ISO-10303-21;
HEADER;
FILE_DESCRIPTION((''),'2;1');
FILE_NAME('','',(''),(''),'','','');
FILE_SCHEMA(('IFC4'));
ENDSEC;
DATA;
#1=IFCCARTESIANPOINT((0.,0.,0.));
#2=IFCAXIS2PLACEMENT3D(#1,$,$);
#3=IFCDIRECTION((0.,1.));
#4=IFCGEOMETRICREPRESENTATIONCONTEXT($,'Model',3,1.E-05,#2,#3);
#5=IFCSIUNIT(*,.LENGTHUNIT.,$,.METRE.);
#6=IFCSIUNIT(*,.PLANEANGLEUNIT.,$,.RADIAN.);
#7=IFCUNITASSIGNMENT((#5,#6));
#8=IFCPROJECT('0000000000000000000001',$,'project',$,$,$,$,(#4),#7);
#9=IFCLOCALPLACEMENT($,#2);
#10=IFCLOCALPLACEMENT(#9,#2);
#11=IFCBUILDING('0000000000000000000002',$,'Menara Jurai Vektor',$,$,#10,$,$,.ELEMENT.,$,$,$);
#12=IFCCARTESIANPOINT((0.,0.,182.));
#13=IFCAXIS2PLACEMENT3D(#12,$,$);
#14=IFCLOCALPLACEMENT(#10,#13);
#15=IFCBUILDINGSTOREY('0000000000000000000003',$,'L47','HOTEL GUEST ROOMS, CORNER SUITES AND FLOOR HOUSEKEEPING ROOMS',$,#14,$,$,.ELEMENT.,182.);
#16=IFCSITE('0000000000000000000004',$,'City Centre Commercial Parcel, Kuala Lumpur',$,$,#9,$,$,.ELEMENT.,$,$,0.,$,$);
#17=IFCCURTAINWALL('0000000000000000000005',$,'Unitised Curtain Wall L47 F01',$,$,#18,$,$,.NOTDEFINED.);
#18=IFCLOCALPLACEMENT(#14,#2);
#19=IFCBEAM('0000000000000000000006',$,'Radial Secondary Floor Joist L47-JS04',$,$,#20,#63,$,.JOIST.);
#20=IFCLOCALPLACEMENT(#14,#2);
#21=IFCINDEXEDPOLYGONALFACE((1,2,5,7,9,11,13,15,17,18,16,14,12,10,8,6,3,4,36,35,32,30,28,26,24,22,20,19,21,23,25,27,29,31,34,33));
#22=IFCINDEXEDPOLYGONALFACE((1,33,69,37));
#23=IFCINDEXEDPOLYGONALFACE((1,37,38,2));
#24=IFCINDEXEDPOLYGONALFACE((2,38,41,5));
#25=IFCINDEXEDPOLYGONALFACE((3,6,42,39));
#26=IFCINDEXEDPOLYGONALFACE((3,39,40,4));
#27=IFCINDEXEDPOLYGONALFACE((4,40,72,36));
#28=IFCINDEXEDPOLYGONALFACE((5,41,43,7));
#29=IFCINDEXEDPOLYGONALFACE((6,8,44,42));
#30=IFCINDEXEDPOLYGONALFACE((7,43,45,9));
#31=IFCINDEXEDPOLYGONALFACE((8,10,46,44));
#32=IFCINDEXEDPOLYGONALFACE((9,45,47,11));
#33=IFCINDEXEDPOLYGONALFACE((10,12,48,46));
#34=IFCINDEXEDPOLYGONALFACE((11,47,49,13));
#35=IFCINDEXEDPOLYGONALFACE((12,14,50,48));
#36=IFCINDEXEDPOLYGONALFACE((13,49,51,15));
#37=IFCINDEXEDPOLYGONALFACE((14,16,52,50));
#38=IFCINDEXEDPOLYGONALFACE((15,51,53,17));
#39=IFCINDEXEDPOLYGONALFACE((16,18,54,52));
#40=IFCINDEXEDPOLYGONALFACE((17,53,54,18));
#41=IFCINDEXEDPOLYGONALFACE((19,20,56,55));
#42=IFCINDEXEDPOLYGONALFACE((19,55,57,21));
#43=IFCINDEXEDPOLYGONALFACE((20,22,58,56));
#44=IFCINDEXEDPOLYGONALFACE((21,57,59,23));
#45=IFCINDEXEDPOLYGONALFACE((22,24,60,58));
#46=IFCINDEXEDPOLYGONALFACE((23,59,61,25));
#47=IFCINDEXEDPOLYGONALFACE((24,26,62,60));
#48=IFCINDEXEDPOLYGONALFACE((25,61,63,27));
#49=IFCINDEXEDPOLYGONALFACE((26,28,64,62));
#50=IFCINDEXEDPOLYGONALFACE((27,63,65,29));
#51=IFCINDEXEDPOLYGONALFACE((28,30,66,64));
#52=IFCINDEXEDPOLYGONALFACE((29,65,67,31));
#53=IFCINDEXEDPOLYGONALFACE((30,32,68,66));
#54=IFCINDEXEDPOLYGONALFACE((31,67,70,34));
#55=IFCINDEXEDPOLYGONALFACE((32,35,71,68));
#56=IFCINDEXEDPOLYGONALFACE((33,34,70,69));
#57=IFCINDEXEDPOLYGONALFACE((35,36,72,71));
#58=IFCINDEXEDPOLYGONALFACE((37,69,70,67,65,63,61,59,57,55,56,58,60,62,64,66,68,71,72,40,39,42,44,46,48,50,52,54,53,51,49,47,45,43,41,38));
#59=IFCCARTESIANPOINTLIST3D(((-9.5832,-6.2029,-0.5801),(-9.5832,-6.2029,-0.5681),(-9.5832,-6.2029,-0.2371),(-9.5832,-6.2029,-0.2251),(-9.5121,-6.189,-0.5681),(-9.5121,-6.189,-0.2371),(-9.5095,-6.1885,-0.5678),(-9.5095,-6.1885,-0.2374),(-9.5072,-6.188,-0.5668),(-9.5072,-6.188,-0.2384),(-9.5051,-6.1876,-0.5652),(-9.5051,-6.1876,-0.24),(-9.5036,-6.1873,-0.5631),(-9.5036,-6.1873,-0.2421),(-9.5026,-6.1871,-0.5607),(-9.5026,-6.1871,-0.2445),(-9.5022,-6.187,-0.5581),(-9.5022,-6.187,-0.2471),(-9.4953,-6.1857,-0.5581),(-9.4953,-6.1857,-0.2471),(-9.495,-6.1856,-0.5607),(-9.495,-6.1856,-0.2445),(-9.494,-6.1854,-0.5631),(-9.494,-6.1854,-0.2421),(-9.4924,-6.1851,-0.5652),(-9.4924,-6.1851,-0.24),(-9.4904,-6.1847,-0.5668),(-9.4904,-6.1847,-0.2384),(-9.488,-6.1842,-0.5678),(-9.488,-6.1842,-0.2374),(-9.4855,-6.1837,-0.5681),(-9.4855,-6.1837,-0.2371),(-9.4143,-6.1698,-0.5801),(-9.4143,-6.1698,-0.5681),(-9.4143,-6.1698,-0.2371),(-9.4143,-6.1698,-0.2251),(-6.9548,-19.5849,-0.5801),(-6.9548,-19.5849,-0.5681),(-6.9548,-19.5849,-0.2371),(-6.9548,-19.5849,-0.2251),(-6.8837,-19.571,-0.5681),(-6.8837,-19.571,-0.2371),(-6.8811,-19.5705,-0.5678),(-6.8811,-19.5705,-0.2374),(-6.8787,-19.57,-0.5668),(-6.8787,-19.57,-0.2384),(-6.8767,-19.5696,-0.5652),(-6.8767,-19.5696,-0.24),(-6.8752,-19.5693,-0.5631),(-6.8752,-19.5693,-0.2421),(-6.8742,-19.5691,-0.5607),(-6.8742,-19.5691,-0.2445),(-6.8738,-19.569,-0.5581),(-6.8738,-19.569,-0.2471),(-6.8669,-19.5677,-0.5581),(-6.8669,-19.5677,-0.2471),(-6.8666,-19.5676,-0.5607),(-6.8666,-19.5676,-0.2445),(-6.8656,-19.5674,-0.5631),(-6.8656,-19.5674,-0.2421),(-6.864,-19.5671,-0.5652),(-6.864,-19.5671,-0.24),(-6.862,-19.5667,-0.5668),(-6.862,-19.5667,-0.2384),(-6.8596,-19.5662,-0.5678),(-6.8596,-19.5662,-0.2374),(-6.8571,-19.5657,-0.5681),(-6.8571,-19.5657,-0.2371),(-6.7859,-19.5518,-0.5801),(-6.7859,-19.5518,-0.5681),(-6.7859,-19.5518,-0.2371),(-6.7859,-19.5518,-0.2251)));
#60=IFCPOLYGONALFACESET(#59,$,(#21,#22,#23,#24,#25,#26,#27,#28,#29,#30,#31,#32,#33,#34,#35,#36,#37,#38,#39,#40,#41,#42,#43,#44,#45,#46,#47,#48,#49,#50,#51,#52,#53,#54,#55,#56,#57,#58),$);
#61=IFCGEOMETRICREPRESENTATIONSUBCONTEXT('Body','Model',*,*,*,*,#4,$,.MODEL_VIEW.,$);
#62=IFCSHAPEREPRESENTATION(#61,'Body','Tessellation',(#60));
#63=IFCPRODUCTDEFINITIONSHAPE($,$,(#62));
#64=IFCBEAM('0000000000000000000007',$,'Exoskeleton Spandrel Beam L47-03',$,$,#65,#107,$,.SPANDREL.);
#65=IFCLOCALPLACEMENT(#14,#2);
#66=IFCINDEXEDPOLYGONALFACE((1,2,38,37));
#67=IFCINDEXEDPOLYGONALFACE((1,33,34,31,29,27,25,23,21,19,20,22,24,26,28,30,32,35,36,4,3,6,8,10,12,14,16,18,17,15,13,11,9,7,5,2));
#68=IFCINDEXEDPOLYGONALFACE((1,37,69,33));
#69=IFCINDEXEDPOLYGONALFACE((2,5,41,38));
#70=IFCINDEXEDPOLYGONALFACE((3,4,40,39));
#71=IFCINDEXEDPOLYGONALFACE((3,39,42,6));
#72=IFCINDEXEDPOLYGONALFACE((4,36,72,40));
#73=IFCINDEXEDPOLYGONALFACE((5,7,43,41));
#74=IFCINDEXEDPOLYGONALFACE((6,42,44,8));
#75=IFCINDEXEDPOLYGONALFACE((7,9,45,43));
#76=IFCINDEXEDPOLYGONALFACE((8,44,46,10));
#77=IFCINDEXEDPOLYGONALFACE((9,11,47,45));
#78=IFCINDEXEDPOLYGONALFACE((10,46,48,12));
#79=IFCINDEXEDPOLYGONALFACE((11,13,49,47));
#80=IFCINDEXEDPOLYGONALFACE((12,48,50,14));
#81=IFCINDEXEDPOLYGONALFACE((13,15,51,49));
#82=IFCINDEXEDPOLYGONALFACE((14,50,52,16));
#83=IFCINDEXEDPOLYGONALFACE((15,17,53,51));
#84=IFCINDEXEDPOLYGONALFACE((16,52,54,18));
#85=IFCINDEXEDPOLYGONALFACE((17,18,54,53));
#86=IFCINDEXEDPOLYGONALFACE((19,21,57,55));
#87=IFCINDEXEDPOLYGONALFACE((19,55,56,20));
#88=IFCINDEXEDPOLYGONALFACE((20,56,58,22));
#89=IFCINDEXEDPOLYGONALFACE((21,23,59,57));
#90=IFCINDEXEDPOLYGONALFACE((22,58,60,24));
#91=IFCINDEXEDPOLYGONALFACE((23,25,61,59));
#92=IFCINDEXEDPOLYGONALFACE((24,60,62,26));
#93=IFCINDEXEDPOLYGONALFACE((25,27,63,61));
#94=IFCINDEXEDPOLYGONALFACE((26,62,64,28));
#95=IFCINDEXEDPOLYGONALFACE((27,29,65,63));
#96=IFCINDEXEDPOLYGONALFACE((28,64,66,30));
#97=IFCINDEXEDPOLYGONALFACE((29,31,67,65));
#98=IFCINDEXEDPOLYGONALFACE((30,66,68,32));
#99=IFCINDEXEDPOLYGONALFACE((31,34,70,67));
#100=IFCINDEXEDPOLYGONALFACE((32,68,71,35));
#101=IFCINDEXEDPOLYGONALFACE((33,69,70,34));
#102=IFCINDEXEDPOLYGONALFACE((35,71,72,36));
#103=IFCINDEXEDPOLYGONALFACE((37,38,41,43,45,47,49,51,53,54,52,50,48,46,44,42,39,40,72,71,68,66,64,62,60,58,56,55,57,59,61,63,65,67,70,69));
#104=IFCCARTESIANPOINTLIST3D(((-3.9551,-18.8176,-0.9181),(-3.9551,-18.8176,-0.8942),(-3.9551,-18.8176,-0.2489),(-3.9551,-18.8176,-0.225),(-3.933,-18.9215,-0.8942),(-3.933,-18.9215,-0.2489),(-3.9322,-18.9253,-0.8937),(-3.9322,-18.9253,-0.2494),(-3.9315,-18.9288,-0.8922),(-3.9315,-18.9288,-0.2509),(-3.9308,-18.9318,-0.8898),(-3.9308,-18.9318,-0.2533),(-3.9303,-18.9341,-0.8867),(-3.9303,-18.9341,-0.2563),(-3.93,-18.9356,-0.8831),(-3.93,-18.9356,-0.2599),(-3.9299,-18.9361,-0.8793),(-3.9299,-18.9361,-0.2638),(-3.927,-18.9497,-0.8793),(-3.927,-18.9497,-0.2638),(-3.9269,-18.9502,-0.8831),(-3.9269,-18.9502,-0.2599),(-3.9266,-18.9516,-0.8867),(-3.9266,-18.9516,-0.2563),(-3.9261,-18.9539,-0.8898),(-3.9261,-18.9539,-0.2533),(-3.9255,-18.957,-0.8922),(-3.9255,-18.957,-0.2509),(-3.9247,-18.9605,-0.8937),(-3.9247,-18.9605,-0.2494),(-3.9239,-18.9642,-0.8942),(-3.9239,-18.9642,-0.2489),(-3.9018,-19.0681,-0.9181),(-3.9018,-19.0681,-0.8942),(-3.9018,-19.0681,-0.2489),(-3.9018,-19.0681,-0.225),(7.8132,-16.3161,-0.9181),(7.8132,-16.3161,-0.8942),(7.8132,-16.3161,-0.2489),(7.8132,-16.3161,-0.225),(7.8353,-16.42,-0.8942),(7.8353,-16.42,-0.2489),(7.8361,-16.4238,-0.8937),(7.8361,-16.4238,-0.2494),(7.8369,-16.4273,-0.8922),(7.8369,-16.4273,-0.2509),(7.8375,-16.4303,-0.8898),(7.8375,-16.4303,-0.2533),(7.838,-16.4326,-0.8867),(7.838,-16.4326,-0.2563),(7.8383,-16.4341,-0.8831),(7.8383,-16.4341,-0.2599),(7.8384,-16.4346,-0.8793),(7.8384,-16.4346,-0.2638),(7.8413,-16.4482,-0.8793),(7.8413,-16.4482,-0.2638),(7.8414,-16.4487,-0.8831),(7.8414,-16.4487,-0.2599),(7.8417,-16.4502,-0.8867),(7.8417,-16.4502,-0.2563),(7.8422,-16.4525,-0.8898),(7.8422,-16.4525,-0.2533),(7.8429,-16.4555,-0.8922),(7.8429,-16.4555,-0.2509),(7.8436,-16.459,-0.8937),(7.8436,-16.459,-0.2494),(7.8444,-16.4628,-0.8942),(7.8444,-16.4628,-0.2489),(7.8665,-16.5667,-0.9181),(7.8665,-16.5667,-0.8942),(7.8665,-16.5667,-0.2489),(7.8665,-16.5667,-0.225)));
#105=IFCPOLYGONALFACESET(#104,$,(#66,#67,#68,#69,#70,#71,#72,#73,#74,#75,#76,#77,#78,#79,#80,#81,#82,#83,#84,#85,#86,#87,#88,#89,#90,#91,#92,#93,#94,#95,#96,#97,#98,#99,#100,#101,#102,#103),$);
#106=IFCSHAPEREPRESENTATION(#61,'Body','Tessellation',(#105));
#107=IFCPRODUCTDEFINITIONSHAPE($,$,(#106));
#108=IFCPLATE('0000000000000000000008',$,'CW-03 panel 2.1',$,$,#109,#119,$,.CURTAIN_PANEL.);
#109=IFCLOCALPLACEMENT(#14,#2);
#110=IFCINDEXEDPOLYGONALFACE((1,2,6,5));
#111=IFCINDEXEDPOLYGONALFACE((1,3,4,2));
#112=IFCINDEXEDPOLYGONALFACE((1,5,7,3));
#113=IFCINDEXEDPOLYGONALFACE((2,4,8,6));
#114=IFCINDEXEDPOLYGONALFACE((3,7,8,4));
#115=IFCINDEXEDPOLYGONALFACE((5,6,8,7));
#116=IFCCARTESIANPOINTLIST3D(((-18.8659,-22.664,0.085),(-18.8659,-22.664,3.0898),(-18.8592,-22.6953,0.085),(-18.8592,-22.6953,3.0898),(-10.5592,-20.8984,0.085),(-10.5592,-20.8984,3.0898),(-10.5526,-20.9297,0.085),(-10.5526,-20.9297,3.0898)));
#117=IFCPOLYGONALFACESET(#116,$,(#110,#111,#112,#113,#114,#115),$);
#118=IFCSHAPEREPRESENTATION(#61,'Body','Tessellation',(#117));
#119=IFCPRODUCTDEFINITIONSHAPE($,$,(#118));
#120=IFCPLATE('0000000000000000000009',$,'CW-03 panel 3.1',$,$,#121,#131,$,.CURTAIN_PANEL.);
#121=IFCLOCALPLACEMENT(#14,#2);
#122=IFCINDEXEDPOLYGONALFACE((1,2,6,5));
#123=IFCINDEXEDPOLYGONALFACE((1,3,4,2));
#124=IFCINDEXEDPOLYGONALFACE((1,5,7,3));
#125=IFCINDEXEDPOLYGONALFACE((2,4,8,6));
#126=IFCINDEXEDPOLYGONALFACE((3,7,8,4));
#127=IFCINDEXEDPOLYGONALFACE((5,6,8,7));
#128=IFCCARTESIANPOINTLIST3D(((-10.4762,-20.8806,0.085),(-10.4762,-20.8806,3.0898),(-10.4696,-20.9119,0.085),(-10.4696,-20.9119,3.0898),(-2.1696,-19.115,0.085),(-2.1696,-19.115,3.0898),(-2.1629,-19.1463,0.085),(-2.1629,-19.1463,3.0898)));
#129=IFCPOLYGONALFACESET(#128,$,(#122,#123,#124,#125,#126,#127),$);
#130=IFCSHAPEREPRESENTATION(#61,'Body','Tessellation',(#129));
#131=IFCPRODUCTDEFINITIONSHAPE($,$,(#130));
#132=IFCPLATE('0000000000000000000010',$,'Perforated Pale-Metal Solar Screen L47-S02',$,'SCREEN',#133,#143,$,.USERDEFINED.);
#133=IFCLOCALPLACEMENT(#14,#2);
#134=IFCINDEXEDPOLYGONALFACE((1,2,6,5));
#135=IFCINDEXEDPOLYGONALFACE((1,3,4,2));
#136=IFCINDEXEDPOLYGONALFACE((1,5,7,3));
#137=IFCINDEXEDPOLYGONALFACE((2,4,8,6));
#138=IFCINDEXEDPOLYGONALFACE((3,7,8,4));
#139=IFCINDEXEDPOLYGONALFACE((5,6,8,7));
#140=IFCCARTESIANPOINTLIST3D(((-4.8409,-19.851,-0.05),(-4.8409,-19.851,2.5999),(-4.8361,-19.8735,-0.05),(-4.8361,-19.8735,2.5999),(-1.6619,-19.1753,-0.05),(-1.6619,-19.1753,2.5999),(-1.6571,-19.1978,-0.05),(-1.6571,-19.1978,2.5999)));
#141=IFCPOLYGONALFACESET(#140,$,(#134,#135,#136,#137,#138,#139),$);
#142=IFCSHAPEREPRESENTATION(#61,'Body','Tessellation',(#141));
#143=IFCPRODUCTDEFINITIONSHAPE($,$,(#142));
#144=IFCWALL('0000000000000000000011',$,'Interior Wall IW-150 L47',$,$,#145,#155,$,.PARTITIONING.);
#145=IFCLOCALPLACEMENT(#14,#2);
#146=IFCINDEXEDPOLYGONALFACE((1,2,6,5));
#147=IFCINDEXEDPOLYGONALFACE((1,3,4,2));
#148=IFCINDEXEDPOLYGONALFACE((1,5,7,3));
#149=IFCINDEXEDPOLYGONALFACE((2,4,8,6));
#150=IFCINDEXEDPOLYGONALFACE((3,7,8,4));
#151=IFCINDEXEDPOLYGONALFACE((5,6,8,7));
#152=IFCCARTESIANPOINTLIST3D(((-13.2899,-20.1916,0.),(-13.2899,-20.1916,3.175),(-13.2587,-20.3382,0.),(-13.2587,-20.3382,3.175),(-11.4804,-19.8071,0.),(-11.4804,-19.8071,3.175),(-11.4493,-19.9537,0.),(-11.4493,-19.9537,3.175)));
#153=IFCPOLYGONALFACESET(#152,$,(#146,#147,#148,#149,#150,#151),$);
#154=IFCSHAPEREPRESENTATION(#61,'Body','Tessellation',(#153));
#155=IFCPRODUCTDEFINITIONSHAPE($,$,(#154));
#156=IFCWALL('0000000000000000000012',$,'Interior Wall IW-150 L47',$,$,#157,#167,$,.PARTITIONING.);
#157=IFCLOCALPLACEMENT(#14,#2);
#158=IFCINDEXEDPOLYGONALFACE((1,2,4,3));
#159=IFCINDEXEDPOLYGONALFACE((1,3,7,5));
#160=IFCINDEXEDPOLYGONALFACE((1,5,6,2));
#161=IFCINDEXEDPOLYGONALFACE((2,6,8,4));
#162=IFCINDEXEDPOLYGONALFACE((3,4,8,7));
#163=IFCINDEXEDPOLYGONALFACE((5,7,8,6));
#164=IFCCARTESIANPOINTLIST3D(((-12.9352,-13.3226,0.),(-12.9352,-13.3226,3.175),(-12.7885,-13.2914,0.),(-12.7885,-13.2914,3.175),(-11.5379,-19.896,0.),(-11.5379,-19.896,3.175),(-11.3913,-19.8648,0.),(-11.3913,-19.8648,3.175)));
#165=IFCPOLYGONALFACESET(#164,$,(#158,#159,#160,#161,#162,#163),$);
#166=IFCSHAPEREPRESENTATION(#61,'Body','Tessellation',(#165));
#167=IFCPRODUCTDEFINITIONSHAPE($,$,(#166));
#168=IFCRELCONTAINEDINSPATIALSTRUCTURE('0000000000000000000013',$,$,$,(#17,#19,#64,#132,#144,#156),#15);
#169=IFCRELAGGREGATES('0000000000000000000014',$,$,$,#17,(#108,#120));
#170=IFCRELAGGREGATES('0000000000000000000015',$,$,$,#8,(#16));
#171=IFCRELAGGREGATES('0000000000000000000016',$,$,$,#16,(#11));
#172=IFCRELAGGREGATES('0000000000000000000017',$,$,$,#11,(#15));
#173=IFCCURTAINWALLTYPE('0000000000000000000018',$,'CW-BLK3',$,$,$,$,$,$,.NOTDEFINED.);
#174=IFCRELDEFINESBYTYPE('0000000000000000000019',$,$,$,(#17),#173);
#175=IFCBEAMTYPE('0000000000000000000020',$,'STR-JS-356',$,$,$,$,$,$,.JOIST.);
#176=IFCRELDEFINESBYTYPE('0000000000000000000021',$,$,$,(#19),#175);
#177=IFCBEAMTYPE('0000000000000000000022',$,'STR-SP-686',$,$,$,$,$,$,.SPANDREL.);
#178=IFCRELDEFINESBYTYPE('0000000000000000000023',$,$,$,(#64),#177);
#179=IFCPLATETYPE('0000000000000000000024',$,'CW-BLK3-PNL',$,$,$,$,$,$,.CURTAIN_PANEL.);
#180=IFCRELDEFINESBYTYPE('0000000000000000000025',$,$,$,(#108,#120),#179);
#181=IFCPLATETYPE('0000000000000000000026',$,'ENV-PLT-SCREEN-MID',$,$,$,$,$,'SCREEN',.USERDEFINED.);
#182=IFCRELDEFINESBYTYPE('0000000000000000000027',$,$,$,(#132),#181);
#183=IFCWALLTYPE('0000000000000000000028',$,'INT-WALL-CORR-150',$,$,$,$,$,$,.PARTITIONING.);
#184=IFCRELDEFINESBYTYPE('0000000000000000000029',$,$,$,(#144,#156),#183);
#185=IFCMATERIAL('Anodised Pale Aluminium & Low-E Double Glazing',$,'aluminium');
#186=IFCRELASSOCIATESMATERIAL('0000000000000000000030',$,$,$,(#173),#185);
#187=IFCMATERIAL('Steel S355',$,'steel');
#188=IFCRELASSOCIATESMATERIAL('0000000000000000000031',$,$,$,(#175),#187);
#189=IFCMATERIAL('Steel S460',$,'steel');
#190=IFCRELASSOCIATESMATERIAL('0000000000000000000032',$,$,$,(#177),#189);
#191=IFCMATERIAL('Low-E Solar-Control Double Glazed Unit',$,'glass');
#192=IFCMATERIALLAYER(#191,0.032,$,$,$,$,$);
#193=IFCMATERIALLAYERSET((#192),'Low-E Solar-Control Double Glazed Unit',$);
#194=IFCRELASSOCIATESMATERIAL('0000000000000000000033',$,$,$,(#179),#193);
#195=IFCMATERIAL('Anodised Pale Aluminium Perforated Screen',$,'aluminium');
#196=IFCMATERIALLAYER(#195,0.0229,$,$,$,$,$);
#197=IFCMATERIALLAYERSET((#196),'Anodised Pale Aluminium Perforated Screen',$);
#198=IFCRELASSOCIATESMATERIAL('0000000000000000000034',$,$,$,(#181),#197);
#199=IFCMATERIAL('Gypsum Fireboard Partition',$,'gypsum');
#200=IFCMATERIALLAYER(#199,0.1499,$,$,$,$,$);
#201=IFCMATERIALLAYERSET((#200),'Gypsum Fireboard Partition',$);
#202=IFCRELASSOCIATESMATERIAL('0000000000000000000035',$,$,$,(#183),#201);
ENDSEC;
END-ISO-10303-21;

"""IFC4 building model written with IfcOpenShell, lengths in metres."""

from ifc_helpers import new_model, si_unit, direction, frame, frame_2d, origin, origin_2d, place, context, subcontext, project, spatial, rectangle, i_section, extrude, material, layer, layer_set, material_profile, profile_set, type_object, element, aggregate, save


model = new_model("IFC4")

# Units and contexts
model_context = context("Model", 3, precision=1e-05, world=origin(), true_north=direction((0.0, 1.0)))
body_context = subcontext(model_context, "Body", "Model", "MODEL_VIEW")
ifc_project = project(units=[si_unit("LENGTHUNIT", "METRE"), si_unit("PLANEANGLEUNIT", "RADIAN")], contexts=[model_context])

# Site, building, storey
site_placement = place(None, origin())
site = spatial("IfcSite", under=ifc_project, at=site_placement, Name="City Centre Commercial Parcel, Kuala Lumpur", CompositionType="ELEMENT", RefElevation=0.0)
building_placement = place(site_placement, origin())
building = spatial("IfcBuilding", under=site, at=building_placement, Name="Menara Jurai Vektor", CompositionType="ELEMENT")
storey_placement = place(building_placement, frame((0.0, 0.0, 182.0)))
storey = spatial("IfcBuildingStorey", under=building, at=storey_placement, Name="L47", Description="HOTEL GUEST ROOMS, CORNER SUITES AND FLOOR HOUSEKEEPING ROOMS", CompositionType="ELEMENT", Elevation=182.0)

# Shared definitions
ifc_material_1 = material(Name="Steel S460", Category="steel")

# Curtain wall
ifc_material_2 = material(Name="Anodised Pale Aluminium & Low-E Double Glazing", Category="aluminium")
curtain_wall_type = type_object("IfcCurtainWallType", Name="CW-BLK3", PredefinedType="NOTDEFINED", material=ifc_material_2)
curtain_wall_placement = place(storey_placement, origin())
curtain_wall = element("IfcCurtainWall", 1, at=curtain_wall_placement, inside=storey, type_object=curtain_wall_type, Name="Unitised Curtain Wall L47 F01", PredefinedType="NOTDEFINED")

# Beams
ifc_material_3 = material(Name="Steel S355", Category="steel")
ifc_material_profile_1 = material_profile(ifc_material_3, i_section(OverallWidth=0.1721, OverallDepth=0.355, WebThickness=0.0071, FlangeThickness=0.012, FilletRadius=0.01, at=origin_2d()), Name="UKB 356x171x51")
ifc_profile_set_1 = profile_set([ifc_material_profile_1], Name="Steel S355")
beam_type_1 = type_object("IfcBeamType", Name="STR-JS-356", PredefinedType="JOIST", material=ifc_profile_set_1)
beam_1_placement = place(storey_placement, frame((-6.8704, -19.5684, -0.4026), z_axis=(-0.192731, 0.981252, 0.0), x_axis=(-0.981252, -0.192731, 0.0)))
element("IfcBeam", 2, at=beam_1_placement, inside=storey, type_object=beam_type_1, Name="Radial Secondary Floor Joist L47-JS04", PredefinedType="JOIST", context=body_context, shape_type="SweptSolid", body=[
    extrude(i_section(OverallWidth=0.1721, OverallDepth=0.355, WebThickness=0.0071, FlangeThickness=0.012, FilletRadius=0.01, at=origin_2d()), origin(), (0.0, 0.0, 1.0), 13.6377),
])
ifc_material_profile_2 = material_profile(ifc_material_1, i_section(OverallWidth=0.2561, OverallDepth=0.6931, WebThickness=0.0139, FlangeThickness=0.0239, FilletRadius=0.0149, at=origin_2d()), Name="UKB 686x254x170")
ifc_profile_set_2 = profile_set([ifc_material_profile_2], Name="Steel S460")
beam_type_2 = type_object("IfcBeamType", Name="STR-SP-686", PredefinedType="SPANDREL", material=ifc_profile_set_2)
beam_2_placement = place(storey_placement, frame((-3.9285, -18.9429, -0.5715), z_axis=(0.978147, 0.207914, 0.0), x_axis=(-0.207914, 0.978147, 0.0)))
element("IfcBeam", 3, at=beam_2_placement, inside=storey, type_object=beam_type_2, Name="Exoskeleton Spandrel Beam L47-03", PredefinedType="SPANDREL", context=body_context, shape_type="SweptSolid", body=[
    extrude(i_section(OverallWidth=0.2561, OverallDepth=0.6931, WebThickness=0.0139, FlangeThickness=0.0239, FilletRadius=0.0149, at=origin_2d()), origin(), (0.0, 0.0, 1.0), 12.0312),
])

# Plates
ifc_material_4 = material(Name="Low-E Solar-Control Double Glazed Unit", Category="glass")
ifc_layer_1 = layer(ifc_material_4, 0.032)
ifc_layer_set_1 = layer_set([ifc_layer_1], Name="Low-E Solar-Control Double Glazed Unit")
plate_type_1 = type_object("IfcPlateType", Name="CW-BLK3-PNL", PredefinedType="CURTAIN_PANEL", material=ifc_layer_set_1)
plate_1_placement = place(storey_placement, frame((-14.7092, -21.7969, 0.085), z_axis=(0.0, 0.0, 1.0), x_axis=(0.978148, 0.207911, 0.0)))
plate_1 = element("IfcPlate", 4, at=plate_1_placement, type_object=plate_type_1, Name="CW-03 panel 2.1", PredefinedType="CURTAIN_PANEL", context=body_context, shape_type="SweptSolid", body=[
    extrude(rectangle(XDim=8.4922, YDim=0.032, at=origin_2d()), origin(), (0.0, 0.0, 1.0), 3.0049),
])
plate_2_placement = place(storey_placement, frame((-6.3196, -20.0134, 0.085), z_axis=(0.0, 0.0, 1.0), x_axis=(0.978148, 0.207911, 0.0)))
plate_2 = element("IfcPlate", 5, at=plate_2_placement, type_object=plate_type_1, Name="CW-03 panel 3.1", PredefinedType="CURTAIN_PANEL", context=body_context, shape_type="SweptSolid", body=[
    extrude(rectangle(XDim=8.4922, YDim=0.032, at=origin_2d()), origin(), (0.0, 0.0, 1.0), 3.0049),
])
aggregate(curtain_wall, [plate_1, plate_2])
ifc_material_5 = material(Name="Anodised Pale Aluminium Perforated Screen", Category="aluminium")
ifc_layer_2 = layer(ifc_material_5, 0.0229)
ifc_layer_set_2 = layer_set([ifc_layer_2], Name="Anodised Pale Aluminium Perforated Screen")
plate_type_2 = type_object("IfcPlateType", Name="ENV-PLT-SCREEN-MID", ElementType="SCREEN", PredefinedType="USERDEFINED", material=ifc_layer_set_2)
plate_3_placement = place(storey_placement, frame((-3.249, -19.5244, -0.05), z_axis=(0.0, 0.0, 1.0), x_axis=(0.978148, 0.207912, 0.0)))
element("IfcPlate", 6, at=plate_3_placement, inside=storey, type_object=plate_type_2, Name="Perforated Pale-Metal Solar Screen L47-S02", ObjectType="SCREEN", PredefinedType="USERDEFINED", context=body_context, shape_type="SweptSolid", body=[
    extrude(rectangle(XDim=3.25, YDim=0.0229, at=origin_2d()), origin(), (0.0, 0.0, 1.0), 2.6499),
])

# Walls
ifc_material_6 = material(Name="Gypsum Fireboard Partition", Category="gypsum")
ifc_layer_3 = layer(ifc_material_6, 0.1499)
ifc_layer_set_3 = layer_set([ifc_layer_3], Name="Gypsum Fireboard Partition")
wall_type = type_object("IfcWallType", Name="INT-WALL-CORR-150", PredefinedType="PARTITIONING", material=ifc_layer_set_3)
wall_1_placement = place(storey_placement, frame((-13.2742, -20.2649, 0.0), z_axis=(0.0, 0.0, 1.0), x_axis=(0.97816, 0.207852, 0.0)))
element("IfcWall", 7, at=wall_1_placement, inside=storey, type_object=wall_type, Name="Interior Wall IW-150 L47", PredefinedType="PARTITIONING", context=body_context, shape_type="SweptSolid", body=[
    extrude(rectangle(XDim=1.8499, YDim=0.1499, at=frame_2d((0.9248, 0.0))), origin(), (0.0, 0.0, 1.0), 3.175),
])
wall_2_placement = place(storey_placement, frame((-11.4646, -19.8804, 0.0), z_axis=(0.0, 0.0, 1.0), x_axis=(-0.207916, 0.978147, 0.0)))
element("IfcWall", 8, at=wall_2_placement, inside=storey, type_object=wall_type, Name="Interior Wall IW-150 L47", PredefinedType="PARTITIONING", context=body_context, shape_type="SweptSolid", body=[
    extrude(rectangle(XDim=6.7202, YDim=0.1499, at=frame_2d((3.3601, 0.0))), origin(), (0.0, 0.0, 1.0), 3.175),
])

save(model, "model.ifc")
